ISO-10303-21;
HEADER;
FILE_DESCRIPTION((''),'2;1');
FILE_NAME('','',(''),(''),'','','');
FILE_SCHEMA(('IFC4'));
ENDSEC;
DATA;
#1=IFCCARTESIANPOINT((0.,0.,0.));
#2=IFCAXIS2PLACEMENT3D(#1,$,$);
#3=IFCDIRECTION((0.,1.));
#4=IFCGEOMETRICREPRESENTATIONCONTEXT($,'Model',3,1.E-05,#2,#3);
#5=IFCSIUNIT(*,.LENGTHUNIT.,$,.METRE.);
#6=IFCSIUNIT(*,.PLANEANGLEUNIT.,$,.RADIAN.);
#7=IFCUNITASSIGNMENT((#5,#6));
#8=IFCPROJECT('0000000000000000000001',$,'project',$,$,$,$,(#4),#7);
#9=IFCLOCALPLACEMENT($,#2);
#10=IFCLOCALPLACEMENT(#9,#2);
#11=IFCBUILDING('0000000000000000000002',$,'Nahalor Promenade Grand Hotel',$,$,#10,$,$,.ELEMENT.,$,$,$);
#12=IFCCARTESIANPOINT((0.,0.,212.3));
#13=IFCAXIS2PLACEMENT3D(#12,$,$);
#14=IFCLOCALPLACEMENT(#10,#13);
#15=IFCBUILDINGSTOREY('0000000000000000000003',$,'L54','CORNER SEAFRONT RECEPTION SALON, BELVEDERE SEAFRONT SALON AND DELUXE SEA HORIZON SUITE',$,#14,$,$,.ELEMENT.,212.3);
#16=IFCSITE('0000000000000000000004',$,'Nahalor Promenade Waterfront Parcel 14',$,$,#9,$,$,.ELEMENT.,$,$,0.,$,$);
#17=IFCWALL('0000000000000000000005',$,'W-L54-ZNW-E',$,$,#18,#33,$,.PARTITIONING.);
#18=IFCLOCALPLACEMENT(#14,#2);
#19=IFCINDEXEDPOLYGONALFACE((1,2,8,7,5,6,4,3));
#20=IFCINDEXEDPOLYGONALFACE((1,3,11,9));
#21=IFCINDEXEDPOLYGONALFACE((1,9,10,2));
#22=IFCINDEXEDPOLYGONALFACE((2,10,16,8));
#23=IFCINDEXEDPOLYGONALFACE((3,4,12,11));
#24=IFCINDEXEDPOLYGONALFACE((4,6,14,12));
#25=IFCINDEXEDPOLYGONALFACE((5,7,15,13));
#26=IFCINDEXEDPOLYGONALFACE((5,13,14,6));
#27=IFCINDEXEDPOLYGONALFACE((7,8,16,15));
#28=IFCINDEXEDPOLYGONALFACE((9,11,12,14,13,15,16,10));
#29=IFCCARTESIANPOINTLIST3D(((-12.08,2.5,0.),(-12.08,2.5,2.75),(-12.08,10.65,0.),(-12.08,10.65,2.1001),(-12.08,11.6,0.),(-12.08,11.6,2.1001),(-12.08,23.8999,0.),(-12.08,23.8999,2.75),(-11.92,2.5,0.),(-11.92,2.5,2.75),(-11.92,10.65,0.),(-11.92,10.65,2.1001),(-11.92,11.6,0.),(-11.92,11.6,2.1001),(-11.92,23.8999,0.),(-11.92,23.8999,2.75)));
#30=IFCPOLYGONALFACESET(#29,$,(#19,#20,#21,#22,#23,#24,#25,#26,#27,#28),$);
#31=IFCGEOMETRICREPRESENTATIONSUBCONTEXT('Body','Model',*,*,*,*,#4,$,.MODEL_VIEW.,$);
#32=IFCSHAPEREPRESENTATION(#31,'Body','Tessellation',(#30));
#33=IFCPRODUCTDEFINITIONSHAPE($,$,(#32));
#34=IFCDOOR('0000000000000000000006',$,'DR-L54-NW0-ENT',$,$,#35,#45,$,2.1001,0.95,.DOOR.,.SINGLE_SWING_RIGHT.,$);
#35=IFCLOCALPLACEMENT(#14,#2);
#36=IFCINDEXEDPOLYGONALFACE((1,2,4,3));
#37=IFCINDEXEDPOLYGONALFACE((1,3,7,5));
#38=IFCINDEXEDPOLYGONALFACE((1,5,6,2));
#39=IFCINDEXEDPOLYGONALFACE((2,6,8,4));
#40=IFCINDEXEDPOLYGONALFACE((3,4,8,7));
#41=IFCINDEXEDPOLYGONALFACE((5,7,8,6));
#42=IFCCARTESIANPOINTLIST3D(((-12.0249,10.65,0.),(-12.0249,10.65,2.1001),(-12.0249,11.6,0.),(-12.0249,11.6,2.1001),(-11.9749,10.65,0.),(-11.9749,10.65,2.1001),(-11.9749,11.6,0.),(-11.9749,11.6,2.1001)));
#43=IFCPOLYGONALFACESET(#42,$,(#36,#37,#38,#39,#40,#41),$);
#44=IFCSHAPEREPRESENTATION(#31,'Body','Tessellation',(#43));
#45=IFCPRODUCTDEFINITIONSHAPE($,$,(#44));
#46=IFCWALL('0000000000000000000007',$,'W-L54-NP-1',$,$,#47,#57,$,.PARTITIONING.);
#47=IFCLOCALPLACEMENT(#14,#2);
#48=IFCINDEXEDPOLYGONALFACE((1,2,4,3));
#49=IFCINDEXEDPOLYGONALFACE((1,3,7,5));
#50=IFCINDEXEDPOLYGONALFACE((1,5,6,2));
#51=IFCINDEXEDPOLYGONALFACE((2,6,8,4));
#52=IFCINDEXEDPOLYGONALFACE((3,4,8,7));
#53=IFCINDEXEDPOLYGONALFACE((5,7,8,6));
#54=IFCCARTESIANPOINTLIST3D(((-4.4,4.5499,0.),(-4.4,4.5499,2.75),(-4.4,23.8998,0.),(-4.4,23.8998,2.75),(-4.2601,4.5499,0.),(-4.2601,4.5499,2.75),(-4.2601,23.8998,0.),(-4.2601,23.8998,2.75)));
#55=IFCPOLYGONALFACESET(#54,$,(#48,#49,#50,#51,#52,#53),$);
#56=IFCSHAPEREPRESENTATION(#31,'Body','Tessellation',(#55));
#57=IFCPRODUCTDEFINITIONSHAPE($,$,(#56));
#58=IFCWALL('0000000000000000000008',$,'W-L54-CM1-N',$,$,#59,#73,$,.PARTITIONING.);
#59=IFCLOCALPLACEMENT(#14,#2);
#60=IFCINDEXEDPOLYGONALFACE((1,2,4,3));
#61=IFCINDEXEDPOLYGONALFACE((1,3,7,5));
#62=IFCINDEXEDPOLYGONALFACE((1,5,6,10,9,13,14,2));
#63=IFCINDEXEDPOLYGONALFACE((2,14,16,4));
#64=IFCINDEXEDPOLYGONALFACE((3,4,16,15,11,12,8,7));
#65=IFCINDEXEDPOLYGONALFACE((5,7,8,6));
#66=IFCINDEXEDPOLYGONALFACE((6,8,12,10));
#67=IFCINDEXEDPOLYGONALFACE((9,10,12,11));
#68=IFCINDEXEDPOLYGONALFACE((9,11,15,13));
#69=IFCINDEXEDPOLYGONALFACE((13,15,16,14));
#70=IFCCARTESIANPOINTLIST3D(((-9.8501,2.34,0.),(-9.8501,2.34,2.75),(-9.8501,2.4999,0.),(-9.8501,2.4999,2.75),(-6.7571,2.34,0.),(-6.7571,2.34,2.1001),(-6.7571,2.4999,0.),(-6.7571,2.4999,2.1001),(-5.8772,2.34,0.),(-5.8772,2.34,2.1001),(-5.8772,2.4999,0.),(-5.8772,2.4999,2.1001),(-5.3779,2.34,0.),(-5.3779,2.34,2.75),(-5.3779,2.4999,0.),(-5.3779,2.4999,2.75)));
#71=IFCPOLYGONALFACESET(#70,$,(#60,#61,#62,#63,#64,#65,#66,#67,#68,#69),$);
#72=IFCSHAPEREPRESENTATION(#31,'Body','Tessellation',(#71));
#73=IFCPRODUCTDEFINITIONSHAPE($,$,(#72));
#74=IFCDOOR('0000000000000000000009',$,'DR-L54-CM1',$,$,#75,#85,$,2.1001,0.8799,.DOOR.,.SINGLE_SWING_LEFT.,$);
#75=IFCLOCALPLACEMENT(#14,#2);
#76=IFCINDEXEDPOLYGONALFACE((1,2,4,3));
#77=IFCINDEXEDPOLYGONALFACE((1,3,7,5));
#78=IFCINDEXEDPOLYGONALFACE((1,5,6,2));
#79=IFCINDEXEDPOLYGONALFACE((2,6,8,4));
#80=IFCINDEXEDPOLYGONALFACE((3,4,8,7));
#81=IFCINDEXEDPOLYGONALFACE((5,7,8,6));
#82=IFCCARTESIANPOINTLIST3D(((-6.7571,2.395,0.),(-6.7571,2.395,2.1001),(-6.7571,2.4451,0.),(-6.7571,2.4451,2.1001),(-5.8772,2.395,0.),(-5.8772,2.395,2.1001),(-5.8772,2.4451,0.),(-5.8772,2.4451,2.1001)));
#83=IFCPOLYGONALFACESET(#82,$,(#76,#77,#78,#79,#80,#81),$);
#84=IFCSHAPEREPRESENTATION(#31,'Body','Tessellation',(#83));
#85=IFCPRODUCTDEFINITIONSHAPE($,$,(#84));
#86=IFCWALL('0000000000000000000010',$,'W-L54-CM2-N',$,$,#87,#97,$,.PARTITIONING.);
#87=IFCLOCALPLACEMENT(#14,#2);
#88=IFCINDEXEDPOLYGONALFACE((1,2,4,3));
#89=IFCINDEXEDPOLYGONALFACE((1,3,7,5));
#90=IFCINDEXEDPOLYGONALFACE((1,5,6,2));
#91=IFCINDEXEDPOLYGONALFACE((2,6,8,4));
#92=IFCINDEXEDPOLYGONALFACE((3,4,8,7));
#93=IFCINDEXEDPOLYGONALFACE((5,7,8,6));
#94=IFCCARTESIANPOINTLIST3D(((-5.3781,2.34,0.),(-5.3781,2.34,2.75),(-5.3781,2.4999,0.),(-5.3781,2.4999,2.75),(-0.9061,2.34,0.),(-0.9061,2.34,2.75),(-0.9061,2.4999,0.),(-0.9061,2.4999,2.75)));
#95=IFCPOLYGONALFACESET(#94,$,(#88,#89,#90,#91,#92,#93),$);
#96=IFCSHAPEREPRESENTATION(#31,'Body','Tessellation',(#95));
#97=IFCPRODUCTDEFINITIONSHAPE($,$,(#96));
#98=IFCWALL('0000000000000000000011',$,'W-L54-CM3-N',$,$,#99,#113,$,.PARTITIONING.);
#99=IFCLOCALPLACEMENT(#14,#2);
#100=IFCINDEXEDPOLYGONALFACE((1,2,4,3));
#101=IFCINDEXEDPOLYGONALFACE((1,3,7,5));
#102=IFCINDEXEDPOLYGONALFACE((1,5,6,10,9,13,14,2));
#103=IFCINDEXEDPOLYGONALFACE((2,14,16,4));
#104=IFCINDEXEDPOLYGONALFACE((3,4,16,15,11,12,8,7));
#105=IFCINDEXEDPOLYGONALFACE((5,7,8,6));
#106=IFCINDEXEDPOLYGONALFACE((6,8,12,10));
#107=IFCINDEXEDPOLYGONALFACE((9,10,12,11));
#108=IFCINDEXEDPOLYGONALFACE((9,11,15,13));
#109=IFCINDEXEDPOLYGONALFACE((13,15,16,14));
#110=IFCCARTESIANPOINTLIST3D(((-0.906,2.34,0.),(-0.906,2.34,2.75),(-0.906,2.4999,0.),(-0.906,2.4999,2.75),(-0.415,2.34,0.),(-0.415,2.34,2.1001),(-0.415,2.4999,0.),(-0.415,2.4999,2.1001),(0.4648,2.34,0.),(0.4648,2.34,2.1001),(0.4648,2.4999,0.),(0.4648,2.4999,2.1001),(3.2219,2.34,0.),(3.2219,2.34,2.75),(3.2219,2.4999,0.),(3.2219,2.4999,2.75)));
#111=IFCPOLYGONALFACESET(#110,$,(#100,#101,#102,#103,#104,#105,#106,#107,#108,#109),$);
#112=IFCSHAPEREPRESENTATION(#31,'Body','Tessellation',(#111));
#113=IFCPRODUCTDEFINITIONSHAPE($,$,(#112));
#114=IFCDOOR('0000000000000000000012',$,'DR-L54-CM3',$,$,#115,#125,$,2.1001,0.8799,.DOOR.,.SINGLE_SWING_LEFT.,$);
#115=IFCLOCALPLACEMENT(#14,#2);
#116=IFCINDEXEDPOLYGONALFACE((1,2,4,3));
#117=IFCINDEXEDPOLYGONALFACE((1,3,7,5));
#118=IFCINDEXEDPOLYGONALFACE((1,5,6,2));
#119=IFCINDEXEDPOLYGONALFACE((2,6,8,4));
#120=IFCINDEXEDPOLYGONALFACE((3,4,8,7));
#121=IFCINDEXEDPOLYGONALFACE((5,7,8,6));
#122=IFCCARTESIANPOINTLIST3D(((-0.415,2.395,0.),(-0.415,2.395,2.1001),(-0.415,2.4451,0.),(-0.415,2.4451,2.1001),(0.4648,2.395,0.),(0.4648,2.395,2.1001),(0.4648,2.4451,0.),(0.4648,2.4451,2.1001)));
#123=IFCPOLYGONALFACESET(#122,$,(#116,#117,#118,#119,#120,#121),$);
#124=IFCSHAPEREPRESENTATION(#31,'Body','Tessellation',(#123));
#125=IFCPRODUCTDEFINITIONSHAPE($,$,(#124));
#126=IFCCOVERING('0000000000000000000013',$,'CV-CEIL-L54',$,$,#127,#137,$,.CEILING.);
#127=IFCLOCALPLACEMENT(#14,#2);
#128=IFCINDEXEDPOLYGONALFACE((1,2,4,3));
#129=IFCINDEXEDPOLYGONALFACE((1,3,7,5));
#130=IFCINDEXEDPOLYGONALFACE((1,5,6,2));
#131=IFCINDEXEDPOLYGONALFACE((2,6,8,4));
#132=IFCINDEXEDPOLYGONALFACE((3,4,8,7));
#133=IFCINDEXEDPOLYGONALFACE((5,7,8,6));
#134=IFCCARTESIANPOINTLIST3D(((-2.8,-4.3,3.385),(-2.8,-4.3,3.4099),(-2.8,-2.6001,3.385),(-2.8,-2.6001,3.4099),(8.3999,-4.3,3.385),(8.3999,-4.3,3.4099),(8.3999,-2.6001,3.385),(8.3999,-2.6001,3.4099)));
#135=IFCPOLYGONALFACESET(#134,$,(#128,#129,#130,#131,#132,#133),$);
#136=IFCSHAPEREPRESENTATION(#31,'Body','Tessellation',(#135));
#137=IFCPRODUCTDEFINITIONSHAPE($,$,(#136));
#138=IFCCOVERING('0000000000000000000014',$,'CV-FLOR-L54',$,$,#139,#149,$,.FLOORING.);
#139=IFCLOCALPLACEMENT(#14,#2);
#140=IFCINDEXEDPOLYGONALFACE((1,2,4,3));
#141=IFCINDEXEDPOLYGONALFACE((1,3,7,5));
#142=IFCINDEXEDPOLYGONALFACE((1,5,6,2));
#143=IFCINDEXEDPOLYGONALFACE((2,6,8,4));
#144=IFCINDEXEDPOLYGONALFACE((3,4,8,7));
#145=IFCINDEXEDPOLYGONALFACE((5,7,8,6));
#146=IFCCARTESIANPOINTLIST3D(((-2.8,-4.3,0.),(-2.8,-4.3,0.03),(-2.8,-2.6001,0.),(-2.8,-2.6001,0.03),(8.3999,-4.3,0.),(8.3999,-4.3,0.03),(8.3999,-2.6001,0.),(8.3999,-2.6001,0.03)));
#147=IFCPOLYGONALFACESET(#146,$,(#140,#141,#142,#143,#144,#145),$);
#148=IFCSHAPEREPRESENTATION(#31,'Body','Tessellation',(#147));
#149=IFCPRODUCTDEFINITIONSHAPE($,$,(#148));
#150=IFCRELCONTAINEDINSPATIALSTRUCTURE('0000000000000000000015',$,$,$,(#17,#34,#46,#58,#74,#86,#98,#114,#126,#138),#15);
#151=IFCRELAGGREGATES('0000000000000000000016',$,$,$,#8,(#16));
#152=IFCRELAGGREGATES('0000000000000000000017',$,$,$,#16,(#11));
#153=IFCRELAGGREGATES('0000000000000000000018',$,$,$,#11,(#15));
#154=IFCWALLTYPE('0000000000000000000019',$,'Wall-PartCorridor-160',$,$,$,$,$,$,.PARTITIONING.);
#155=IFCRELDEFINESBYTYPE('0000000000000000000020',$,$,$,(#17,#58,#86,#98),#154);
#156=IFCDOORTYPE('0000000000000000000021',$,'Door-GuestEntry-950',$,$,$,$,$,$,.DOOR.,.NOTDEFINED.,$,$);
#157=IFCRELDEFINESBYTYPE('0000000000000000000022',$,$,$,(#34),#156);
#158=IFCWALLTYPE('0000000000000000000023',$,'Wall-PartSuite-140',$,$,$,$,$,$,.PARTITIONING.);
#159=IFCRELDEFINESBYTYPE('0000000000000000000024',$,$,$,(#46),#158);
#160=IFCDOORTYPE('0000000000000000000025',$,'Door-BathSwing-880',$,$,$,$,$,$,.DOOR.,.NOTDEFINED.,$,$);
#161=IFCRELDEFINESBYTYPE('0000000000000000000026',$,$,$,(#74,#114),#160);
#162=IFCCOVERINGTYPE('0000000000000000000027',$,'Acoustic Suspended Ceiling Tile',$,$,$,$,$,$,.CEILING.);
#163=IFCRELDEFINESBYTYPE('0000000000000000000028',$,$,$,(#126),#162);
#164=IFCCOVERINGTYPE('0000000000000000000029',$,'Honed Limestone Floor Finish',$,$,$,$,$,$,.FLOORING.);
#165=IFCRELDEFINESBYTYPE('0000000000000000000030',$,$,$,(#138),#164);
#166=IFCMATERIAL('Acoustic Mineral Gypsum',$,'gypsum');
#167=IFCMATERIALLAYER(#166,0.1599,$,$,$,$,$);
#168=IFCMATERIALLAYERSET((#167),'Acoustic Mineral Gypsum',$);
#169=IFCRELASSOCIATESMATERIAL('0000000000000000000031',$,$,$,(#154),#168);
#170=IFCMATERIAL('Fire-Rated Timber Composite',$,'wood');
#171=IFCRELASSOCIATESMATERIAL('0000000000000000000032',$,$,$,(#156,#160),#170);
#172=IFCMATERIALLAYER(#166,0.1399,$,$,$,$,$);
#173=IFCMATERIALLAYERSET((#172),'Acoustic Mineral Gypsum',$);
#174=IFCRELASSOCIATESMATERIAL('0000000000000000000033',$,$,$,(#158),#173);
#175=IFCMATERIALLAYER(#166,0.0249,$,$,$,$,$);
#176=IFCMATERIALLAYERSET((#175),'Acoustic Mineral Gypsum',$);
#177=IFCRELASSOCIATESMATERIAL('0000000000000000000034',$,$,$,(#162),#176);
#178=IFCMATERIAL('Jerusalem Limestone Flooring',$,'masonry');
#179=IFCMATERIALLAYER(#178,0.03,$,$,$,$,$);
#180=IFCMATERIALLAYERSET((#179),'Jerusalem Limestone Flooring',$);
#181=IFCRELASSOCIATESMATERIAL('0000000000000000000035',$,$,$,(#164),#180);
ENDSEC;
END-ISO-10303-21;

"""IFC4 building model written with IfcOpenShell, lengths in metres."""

from ifc_helpers import new_model, si_unit, direction, frame, frame_2d, origin, place, context, subcontext, project, spatial, polyline, rectangle, outline, extrude, source, transform, mapped, material, layer, layer_set, type_object, element, fill, save


model = new_model("IFC4")

# Units and contexts
model_context = context("Model", 3, precision=1e-05, world=origin(), true_north=direction((0.0, 1.0)))
body_context = subcontext(model_context, "Body", "Model", "MODEL_VIEW")
ifc_project = project(units=[si_unit("LENGTHUNIT", "METRE"), si_unit("PLANEANGLEUNIT", "RADIAN")], contexts=[model_context])

# Site, building, storey
site_placement = place(None, origin())
site = spatial("IfcSite", under=ifc_project, at=site_placement, Name="Nahalor Promenade Waterfront Parcel 14", CompositionType="ELEMENT", RefElevation=0.0)
building_placement = place(site_placement, origin())
building = spatial("IfcBuilding", under=site, at=building_placement, Name="Nahalor Promenade Grand Hotel", CompositionType="ELEMENT")
storey_placement = place(building_placement, frame((0.0, 0.0, 212.3)))
storey = spatial("IfcBuildingStorey", under=building, at=storey_placement, Name="L54", Description="CORNER SEAFRONT RECEPTION SALON, BELVEDERE SEAFRONT SALON AND DELUXE SEA HORIZON SUITE", CompositionType="ELEMENT", Elevation=212.3)

# Wall, opening, door
ifc_material_1 = material(Name="Acoustic Mineral Gypsum", Category="gypsum")
ifc_layer_1 = layer(ifc_material_1, 0.1599)
ifc_layer_set_1 = layer_set([ifc_layer_1], Name="Acoustic Mineral Gypsum")
wall_type_1 = type_object("IfcWallType", Name="Wall-PartCorridor-160", PredefinedType="PARTITIONING", material=ifc_layer_set_1)
shared_shape_1 = source(origin(), body_context, "Body", "SweptSolid", [
    extrude(rectangle(XDim=21.3999, YDim=0.1599, at=frame_2d((10.7, 0.0))), origin(), (0.0, 0.0, 1.0), 2.75),
])
wall_1_placement = place(storey_placement, frame((-12.0, 2.5, 0.0), z_axis=(0.0, 0.0, 1.0), x_axis=(0.0, 1.0, 0.0)))
wall_1 = element("IfcWall", 1, at=wall_1_placement, inside=storey, type_object=wall_type_1, Name="W-L54-ZNW-E", PredefinedType="PARTITIONING", context=body_context, shape_type="MappedRepresentation", body=[
    mapped(shared_shape_1, transform((0.0, 0.0, 0.0), scale=1.0)),
])
opening_1_placement = place(wall_1_placement, frame((8.1499, 0.0, 0.0)))
opening_1 = element("IfcOpeningElement", 2, at=opening_1_placement, cuts=wall_1, PredefinedType="OPENING", context=body_context, shape_type="SweptSolid", body=[
    extrude(rectangle(XDim=0.95, YDim=2.1001, at=frame_2d((0.4751, 1.05))), frame((0.0, 0.0898, 0.0), z_axis=(0.0, -1.0, 0.0), x_axis=(1.0, 0.0, 0.0)), (0.0, 0.0, 1.0), 0.1799),
])
ifc_material_2 = material(Name="Fire-Rated Timber Composite", Category="wood")
door_type_1 = type_object("IfcDoorType", Name="Door-GuestEntry-950", OperationType="NOTDEFINED", PredefinedType="DOOR", material=ifc_material_2)
shared_shape_2 = source(origin(), body_context, "Body", "SweptSolid", [
    extrude(rectangle(XDim=0.95, YDim=2.1001, at=frame_2d((0.4751, 1.05))), frame((0.0, 0.0249, 0.0), z_axis=(0.0, -1.0, 0.0), x_axis=(1.0, 0.0, 0.0)), (0.0, 0.0, 1.0), 0.05),
])
door_1_placement = place(opening_1_placement, origin())
door_1 = element("IfcDoor", 3, at=door_1_placement, inside=storey, type_object=door_type_1, Name="DR-L54-NW0-ENT", OperationType="SINGLE_SWING_RIGHT", OverallHeight=2.1001, OverallWidth=0.95, PredefinedType="DOOR", context=body_context, shape_type="MappedRepresentation", body=[
    mapped(shared_shape_2, transform((0.0, 0.0, 0.0), scale=1.0)),
])
fill(opening_1, door_1)

# Wall
ifc_layer_2 = layer(ifc_material_1, 0.1399)
ifc_layer_set_2 = layer_set([ifc_layer_2], Name="Acoustic Mineral Gypsum")
wall_type_2 = type_object("IfcWallType", Name="Wall-PartSuite-140", PredefinedType="PARTITIONING", material=ifc_layer_set_2)
shared_shape_3 = source(origin(), body_context, "Body", "SweptSolid", [
    extrude(rectangle(XDim=19.3499, YDim=0.1399, at=frame_2d((9.6748, 0.0))), origin(), (0.0, 0.0, 1.0), 2.75),
])
wall_2_placement = place(storey_placement, frame((-4.3301, 4.55, 0.0), z_axis=(0.0, 0.0, 1.0), x_axis=(0.0, 1.0, 0.0)))
element("IfcWall", 4, at=wall_2_placement, inside=storey, type_object=wall_type_2, Name="W-L54-NP-1", PredefinedType="PARTITIONING", context=body_context, shape_type="MappedRepresentation", body=[
    mapped(shared_shape_3, transform((0.0, 0.0, 0.0), scale=1.0)),
])

# Wall, opening, door
shared_shape_4 = source(origin(), body_context, "Body", "SweptSolid", [
    extrude(rectangle(XDim=4.4722, YDim=0.1599, at=frame_2d((2.2361, 0.0))), origin(), (0.0, 0.0, 1.0), 2.75),
])
wall_3_placement = place(storey_placement, frame((-9.8501, 2.4199, 0.0), z_axis=(0.0, 0.0, 1.0), x_axis=(1.0, 0.0, 0.0)))
wall_3 = element("IfcWall", 5, at=wall_3_placement, inside=storey, type_object=wall_type_1, Name="W-L54-CM1-N", PredefinedType="PARTITIONING", context=body_context, shape_type="MappedRepresentation", body=[
    mapped(shared_shape_4, transform((0.0, 0.0, 0.0), scale=1.0)),
])
opening_2_placement = place(wall_3_placement, frame((3.093, 0.0, 0.0)))
opening_2 = element("IfcOpeningElement", 6, at=opening_2_placement, cuts=wall_3, PredefinedType="OPENING", context=body_context, shape_type="SweptSolid", body=[
    extrude(rectangle(XDim=0.8799, YDim=2.1001, at=frame_2d((0.4399, 1.05))), frame((0.0, 0.0898, 0.0), z_axis=(0.0, -1.0, 0.0), x_axis=(1.0, 0.0, 0.0)), (0.0, 0.0, 1.0), 0.1799),
])
door_type_2 = type_object("IfcDoorType", Name="Door-BathSwing-880", OperationType="NOTDEFINED", PredefinedType="DOOR", material=ifc_material_2)
shared_shape_5 = source(origin(), body_context, "Body", "SweptSolid", [
    extrude(rectangle(XDim=0.8799, YDim=2.1001, at=frame_2d((0.4399, 1.05))), frame((0.0, 0.0249, 0.0), z_axis=(0.0, -1.0, 0.0), x_axis=(1.0, 0.0, 0.0)), (0.0, 0.0, 1.0), 0.05),
])
door_2_placement = place(opening_2_placement, frame((0.8799, 0.0, 0.0), z_axis=(0.0, 0.0, 1.0), x_axis=(-1.0, 0.0, 0.0)))
door_2 = element("IfcDoor", 7, at=door_2_placement, inside=storey, type_object=door_type_2, Name="DR-L54-CM1", OperationType="SINGLE_SWING_LEFT", OverallHeight=2.1001, OverallWidth=0.8799, PredefinedType="DOOR", context=body_context, shape_type="MappedRepresentation", body=[
    mapped(shared_shape_5, transform((0.0, 0.0, 0.0), scale=1.0)),
])
fill(opening_2, door_2)

# Wall
shared_shape_6 = source(origin(), body_context, "Body", "SweptSolid", [
    extrude(rectangle(XDim=4.4719, YDim=0.1599, at=frame_2d((2.2358, 0.0))), origin(), (0.0, 0.0, 1.0), 2.75),
])
wall_4_placement = place(storey_placement, frame((-5.3779, 2.4199, 0.0), z_axis=(0.0, 0.0, 1.0), x_axis=(1.0, 0.0, 0.0)))
element("IfcWall", 8, at=wall_4_placement, inside=storey, type_object=wall_type_1, Name="W-L54-CM2-N", PredefinedType="PARTITIONING", context=body_context, shape_type="MappedRepresentation", body=[
    mapped(shared_shape_6, transform((0.0, 0.0, 0.0), scale=1.0)),
])

# Wall, opening, door
shared_shape_7 = source(origin(), body_context, "Body", "SweptSolid", [
    extrude(rectangle(XDim=4.1279, YDim=0.1599, at=frame_2d((2.064, 0.0))), origin(), (0.0, 0.0, 1.0), 2.75),
])
wall_5_placement = place(storey_placement, frame((-0.906, 2.4199, 0.0), z_axis=(0.0, 0.0, 1.0), x_axis=(1.0, 0.0, 0.0)))
wall_5 = element("IfcWall", 9, at=wall_5_placement, inside=storey, type_object=wall_type_1, Name="W-L54-CM3-N", PredefinedType="PARTITIONING", context=body_context, shape_type="MappedRepresentation", body=[
    mapped(shared_shape_7, transform((0.0, 0.0, 0.0), scale=1.0)),
])
opening_3_placement = place(wall_5_placement, frame((0.491, 0.0, 0.0)))
opening_3 = element("IfcOpeningElement", 10, at=opening_3_placement, cuts=wall_5, PredefinedType="OPENING", context=body_context, shape_type="SweptSolid", body=[
    extrude(rectangle(XDim=0.8799, YDim=2.1001, at=frame_2d((0.4399, 1.05))), frame((0.0, 0.0898, 0.0), z_axis=(0.0, -1.0, 0.0), x_axis=(1.0, 0.0, 0.0)), (0.0, 0.0, 1.0), 0.1799),
])
door_3_placement = place(opening_3_placement, frame((0.8799, 0.0, 0.0), z_axis=(0.0, 0.0, 1.0), x_axis=(-1.0, 0.0, 0.0)))
door_3 = element("IfcDoor", 11, at=door_3_placement, inside=storey, type_object=door_type_2, Name="DR-L54-CM3", OperationType="SINGLE_SWING_LEFT", OverallHeight=2.1001, OverallWidth=0.8799, PredefinedType="DOOR", context=body_context, shape_type="MappedRepresentation", body=[
    mapped(shared_shape_5, transform((0.0, 0.0, 0.0), scale=1.0)),
])
fill(opening_3, door_3)

# Coverings
ifc_layer_3 = layer(ifc_material_1, 0.0249)
ifc_layer_set_3 = layer_set([ifc_layer_3], Name="Acoustic Mineral Gypsum")
covering_type_1 = type_object("IfcCoveringType", Name="Acoustic Suspended Ceiling Tile", PredefinedType="CEILING", material=ifc_layer_set_3)
covering_1_placement = place(storey_placement, frame((0.0, 0.0, 3.385)))
element("IfcCovering", 12, at=covering_1_placement, inside=storey, type_object=covering_type_1, Name="CV-CEIL-L54", PredefinedType="CEILING", context=body_context, shape_type="SweptSolid", body=[
    extrude(outline(polyline([(-2.8, -4.3), (8.3999, -4.3), (8.3999, -2.6001), (-2.8, -2.6001), (-2.8, -4.3)])), origin(), (0.0, 0.0, 1.0), 0.0249),
])
ifc_material_3 = material(Name="Jerusalem Limestone Flooring", Category="masonry")
ifc_layer_4 = layer(ifc_material_3, 0.03)
ifc_layer_set_4 = layer_set([ifc_layer_4], Name="Jerusalem Limestone Flooring")
covering_type_2 = type_object("IfcCoveringType", Name="Honed Limestone Floor Finish", PredefinedType="FLOORING", material=ifc_layer_set_4)
covering_2_placement = place(storey_placement, origin())
element("IfcCovering", 13, at=covering_2_placement, inside=storey, type_object=covering_type_2, Name="CV-FLOR-L54", PredefinedType="FLOORING", context=body_context, shape_type="SweptSolid", body=[
    extrude(outline(polyline([(-2.8, -4.3), (8.3999, -4.3), (8.3999, -2.6001), (-2.8, -2.6001), (-2.8, -4.3)])), origin(), (0.0, 0.0, 1.0), 0.03),
])

save(model, "model.ifc")
